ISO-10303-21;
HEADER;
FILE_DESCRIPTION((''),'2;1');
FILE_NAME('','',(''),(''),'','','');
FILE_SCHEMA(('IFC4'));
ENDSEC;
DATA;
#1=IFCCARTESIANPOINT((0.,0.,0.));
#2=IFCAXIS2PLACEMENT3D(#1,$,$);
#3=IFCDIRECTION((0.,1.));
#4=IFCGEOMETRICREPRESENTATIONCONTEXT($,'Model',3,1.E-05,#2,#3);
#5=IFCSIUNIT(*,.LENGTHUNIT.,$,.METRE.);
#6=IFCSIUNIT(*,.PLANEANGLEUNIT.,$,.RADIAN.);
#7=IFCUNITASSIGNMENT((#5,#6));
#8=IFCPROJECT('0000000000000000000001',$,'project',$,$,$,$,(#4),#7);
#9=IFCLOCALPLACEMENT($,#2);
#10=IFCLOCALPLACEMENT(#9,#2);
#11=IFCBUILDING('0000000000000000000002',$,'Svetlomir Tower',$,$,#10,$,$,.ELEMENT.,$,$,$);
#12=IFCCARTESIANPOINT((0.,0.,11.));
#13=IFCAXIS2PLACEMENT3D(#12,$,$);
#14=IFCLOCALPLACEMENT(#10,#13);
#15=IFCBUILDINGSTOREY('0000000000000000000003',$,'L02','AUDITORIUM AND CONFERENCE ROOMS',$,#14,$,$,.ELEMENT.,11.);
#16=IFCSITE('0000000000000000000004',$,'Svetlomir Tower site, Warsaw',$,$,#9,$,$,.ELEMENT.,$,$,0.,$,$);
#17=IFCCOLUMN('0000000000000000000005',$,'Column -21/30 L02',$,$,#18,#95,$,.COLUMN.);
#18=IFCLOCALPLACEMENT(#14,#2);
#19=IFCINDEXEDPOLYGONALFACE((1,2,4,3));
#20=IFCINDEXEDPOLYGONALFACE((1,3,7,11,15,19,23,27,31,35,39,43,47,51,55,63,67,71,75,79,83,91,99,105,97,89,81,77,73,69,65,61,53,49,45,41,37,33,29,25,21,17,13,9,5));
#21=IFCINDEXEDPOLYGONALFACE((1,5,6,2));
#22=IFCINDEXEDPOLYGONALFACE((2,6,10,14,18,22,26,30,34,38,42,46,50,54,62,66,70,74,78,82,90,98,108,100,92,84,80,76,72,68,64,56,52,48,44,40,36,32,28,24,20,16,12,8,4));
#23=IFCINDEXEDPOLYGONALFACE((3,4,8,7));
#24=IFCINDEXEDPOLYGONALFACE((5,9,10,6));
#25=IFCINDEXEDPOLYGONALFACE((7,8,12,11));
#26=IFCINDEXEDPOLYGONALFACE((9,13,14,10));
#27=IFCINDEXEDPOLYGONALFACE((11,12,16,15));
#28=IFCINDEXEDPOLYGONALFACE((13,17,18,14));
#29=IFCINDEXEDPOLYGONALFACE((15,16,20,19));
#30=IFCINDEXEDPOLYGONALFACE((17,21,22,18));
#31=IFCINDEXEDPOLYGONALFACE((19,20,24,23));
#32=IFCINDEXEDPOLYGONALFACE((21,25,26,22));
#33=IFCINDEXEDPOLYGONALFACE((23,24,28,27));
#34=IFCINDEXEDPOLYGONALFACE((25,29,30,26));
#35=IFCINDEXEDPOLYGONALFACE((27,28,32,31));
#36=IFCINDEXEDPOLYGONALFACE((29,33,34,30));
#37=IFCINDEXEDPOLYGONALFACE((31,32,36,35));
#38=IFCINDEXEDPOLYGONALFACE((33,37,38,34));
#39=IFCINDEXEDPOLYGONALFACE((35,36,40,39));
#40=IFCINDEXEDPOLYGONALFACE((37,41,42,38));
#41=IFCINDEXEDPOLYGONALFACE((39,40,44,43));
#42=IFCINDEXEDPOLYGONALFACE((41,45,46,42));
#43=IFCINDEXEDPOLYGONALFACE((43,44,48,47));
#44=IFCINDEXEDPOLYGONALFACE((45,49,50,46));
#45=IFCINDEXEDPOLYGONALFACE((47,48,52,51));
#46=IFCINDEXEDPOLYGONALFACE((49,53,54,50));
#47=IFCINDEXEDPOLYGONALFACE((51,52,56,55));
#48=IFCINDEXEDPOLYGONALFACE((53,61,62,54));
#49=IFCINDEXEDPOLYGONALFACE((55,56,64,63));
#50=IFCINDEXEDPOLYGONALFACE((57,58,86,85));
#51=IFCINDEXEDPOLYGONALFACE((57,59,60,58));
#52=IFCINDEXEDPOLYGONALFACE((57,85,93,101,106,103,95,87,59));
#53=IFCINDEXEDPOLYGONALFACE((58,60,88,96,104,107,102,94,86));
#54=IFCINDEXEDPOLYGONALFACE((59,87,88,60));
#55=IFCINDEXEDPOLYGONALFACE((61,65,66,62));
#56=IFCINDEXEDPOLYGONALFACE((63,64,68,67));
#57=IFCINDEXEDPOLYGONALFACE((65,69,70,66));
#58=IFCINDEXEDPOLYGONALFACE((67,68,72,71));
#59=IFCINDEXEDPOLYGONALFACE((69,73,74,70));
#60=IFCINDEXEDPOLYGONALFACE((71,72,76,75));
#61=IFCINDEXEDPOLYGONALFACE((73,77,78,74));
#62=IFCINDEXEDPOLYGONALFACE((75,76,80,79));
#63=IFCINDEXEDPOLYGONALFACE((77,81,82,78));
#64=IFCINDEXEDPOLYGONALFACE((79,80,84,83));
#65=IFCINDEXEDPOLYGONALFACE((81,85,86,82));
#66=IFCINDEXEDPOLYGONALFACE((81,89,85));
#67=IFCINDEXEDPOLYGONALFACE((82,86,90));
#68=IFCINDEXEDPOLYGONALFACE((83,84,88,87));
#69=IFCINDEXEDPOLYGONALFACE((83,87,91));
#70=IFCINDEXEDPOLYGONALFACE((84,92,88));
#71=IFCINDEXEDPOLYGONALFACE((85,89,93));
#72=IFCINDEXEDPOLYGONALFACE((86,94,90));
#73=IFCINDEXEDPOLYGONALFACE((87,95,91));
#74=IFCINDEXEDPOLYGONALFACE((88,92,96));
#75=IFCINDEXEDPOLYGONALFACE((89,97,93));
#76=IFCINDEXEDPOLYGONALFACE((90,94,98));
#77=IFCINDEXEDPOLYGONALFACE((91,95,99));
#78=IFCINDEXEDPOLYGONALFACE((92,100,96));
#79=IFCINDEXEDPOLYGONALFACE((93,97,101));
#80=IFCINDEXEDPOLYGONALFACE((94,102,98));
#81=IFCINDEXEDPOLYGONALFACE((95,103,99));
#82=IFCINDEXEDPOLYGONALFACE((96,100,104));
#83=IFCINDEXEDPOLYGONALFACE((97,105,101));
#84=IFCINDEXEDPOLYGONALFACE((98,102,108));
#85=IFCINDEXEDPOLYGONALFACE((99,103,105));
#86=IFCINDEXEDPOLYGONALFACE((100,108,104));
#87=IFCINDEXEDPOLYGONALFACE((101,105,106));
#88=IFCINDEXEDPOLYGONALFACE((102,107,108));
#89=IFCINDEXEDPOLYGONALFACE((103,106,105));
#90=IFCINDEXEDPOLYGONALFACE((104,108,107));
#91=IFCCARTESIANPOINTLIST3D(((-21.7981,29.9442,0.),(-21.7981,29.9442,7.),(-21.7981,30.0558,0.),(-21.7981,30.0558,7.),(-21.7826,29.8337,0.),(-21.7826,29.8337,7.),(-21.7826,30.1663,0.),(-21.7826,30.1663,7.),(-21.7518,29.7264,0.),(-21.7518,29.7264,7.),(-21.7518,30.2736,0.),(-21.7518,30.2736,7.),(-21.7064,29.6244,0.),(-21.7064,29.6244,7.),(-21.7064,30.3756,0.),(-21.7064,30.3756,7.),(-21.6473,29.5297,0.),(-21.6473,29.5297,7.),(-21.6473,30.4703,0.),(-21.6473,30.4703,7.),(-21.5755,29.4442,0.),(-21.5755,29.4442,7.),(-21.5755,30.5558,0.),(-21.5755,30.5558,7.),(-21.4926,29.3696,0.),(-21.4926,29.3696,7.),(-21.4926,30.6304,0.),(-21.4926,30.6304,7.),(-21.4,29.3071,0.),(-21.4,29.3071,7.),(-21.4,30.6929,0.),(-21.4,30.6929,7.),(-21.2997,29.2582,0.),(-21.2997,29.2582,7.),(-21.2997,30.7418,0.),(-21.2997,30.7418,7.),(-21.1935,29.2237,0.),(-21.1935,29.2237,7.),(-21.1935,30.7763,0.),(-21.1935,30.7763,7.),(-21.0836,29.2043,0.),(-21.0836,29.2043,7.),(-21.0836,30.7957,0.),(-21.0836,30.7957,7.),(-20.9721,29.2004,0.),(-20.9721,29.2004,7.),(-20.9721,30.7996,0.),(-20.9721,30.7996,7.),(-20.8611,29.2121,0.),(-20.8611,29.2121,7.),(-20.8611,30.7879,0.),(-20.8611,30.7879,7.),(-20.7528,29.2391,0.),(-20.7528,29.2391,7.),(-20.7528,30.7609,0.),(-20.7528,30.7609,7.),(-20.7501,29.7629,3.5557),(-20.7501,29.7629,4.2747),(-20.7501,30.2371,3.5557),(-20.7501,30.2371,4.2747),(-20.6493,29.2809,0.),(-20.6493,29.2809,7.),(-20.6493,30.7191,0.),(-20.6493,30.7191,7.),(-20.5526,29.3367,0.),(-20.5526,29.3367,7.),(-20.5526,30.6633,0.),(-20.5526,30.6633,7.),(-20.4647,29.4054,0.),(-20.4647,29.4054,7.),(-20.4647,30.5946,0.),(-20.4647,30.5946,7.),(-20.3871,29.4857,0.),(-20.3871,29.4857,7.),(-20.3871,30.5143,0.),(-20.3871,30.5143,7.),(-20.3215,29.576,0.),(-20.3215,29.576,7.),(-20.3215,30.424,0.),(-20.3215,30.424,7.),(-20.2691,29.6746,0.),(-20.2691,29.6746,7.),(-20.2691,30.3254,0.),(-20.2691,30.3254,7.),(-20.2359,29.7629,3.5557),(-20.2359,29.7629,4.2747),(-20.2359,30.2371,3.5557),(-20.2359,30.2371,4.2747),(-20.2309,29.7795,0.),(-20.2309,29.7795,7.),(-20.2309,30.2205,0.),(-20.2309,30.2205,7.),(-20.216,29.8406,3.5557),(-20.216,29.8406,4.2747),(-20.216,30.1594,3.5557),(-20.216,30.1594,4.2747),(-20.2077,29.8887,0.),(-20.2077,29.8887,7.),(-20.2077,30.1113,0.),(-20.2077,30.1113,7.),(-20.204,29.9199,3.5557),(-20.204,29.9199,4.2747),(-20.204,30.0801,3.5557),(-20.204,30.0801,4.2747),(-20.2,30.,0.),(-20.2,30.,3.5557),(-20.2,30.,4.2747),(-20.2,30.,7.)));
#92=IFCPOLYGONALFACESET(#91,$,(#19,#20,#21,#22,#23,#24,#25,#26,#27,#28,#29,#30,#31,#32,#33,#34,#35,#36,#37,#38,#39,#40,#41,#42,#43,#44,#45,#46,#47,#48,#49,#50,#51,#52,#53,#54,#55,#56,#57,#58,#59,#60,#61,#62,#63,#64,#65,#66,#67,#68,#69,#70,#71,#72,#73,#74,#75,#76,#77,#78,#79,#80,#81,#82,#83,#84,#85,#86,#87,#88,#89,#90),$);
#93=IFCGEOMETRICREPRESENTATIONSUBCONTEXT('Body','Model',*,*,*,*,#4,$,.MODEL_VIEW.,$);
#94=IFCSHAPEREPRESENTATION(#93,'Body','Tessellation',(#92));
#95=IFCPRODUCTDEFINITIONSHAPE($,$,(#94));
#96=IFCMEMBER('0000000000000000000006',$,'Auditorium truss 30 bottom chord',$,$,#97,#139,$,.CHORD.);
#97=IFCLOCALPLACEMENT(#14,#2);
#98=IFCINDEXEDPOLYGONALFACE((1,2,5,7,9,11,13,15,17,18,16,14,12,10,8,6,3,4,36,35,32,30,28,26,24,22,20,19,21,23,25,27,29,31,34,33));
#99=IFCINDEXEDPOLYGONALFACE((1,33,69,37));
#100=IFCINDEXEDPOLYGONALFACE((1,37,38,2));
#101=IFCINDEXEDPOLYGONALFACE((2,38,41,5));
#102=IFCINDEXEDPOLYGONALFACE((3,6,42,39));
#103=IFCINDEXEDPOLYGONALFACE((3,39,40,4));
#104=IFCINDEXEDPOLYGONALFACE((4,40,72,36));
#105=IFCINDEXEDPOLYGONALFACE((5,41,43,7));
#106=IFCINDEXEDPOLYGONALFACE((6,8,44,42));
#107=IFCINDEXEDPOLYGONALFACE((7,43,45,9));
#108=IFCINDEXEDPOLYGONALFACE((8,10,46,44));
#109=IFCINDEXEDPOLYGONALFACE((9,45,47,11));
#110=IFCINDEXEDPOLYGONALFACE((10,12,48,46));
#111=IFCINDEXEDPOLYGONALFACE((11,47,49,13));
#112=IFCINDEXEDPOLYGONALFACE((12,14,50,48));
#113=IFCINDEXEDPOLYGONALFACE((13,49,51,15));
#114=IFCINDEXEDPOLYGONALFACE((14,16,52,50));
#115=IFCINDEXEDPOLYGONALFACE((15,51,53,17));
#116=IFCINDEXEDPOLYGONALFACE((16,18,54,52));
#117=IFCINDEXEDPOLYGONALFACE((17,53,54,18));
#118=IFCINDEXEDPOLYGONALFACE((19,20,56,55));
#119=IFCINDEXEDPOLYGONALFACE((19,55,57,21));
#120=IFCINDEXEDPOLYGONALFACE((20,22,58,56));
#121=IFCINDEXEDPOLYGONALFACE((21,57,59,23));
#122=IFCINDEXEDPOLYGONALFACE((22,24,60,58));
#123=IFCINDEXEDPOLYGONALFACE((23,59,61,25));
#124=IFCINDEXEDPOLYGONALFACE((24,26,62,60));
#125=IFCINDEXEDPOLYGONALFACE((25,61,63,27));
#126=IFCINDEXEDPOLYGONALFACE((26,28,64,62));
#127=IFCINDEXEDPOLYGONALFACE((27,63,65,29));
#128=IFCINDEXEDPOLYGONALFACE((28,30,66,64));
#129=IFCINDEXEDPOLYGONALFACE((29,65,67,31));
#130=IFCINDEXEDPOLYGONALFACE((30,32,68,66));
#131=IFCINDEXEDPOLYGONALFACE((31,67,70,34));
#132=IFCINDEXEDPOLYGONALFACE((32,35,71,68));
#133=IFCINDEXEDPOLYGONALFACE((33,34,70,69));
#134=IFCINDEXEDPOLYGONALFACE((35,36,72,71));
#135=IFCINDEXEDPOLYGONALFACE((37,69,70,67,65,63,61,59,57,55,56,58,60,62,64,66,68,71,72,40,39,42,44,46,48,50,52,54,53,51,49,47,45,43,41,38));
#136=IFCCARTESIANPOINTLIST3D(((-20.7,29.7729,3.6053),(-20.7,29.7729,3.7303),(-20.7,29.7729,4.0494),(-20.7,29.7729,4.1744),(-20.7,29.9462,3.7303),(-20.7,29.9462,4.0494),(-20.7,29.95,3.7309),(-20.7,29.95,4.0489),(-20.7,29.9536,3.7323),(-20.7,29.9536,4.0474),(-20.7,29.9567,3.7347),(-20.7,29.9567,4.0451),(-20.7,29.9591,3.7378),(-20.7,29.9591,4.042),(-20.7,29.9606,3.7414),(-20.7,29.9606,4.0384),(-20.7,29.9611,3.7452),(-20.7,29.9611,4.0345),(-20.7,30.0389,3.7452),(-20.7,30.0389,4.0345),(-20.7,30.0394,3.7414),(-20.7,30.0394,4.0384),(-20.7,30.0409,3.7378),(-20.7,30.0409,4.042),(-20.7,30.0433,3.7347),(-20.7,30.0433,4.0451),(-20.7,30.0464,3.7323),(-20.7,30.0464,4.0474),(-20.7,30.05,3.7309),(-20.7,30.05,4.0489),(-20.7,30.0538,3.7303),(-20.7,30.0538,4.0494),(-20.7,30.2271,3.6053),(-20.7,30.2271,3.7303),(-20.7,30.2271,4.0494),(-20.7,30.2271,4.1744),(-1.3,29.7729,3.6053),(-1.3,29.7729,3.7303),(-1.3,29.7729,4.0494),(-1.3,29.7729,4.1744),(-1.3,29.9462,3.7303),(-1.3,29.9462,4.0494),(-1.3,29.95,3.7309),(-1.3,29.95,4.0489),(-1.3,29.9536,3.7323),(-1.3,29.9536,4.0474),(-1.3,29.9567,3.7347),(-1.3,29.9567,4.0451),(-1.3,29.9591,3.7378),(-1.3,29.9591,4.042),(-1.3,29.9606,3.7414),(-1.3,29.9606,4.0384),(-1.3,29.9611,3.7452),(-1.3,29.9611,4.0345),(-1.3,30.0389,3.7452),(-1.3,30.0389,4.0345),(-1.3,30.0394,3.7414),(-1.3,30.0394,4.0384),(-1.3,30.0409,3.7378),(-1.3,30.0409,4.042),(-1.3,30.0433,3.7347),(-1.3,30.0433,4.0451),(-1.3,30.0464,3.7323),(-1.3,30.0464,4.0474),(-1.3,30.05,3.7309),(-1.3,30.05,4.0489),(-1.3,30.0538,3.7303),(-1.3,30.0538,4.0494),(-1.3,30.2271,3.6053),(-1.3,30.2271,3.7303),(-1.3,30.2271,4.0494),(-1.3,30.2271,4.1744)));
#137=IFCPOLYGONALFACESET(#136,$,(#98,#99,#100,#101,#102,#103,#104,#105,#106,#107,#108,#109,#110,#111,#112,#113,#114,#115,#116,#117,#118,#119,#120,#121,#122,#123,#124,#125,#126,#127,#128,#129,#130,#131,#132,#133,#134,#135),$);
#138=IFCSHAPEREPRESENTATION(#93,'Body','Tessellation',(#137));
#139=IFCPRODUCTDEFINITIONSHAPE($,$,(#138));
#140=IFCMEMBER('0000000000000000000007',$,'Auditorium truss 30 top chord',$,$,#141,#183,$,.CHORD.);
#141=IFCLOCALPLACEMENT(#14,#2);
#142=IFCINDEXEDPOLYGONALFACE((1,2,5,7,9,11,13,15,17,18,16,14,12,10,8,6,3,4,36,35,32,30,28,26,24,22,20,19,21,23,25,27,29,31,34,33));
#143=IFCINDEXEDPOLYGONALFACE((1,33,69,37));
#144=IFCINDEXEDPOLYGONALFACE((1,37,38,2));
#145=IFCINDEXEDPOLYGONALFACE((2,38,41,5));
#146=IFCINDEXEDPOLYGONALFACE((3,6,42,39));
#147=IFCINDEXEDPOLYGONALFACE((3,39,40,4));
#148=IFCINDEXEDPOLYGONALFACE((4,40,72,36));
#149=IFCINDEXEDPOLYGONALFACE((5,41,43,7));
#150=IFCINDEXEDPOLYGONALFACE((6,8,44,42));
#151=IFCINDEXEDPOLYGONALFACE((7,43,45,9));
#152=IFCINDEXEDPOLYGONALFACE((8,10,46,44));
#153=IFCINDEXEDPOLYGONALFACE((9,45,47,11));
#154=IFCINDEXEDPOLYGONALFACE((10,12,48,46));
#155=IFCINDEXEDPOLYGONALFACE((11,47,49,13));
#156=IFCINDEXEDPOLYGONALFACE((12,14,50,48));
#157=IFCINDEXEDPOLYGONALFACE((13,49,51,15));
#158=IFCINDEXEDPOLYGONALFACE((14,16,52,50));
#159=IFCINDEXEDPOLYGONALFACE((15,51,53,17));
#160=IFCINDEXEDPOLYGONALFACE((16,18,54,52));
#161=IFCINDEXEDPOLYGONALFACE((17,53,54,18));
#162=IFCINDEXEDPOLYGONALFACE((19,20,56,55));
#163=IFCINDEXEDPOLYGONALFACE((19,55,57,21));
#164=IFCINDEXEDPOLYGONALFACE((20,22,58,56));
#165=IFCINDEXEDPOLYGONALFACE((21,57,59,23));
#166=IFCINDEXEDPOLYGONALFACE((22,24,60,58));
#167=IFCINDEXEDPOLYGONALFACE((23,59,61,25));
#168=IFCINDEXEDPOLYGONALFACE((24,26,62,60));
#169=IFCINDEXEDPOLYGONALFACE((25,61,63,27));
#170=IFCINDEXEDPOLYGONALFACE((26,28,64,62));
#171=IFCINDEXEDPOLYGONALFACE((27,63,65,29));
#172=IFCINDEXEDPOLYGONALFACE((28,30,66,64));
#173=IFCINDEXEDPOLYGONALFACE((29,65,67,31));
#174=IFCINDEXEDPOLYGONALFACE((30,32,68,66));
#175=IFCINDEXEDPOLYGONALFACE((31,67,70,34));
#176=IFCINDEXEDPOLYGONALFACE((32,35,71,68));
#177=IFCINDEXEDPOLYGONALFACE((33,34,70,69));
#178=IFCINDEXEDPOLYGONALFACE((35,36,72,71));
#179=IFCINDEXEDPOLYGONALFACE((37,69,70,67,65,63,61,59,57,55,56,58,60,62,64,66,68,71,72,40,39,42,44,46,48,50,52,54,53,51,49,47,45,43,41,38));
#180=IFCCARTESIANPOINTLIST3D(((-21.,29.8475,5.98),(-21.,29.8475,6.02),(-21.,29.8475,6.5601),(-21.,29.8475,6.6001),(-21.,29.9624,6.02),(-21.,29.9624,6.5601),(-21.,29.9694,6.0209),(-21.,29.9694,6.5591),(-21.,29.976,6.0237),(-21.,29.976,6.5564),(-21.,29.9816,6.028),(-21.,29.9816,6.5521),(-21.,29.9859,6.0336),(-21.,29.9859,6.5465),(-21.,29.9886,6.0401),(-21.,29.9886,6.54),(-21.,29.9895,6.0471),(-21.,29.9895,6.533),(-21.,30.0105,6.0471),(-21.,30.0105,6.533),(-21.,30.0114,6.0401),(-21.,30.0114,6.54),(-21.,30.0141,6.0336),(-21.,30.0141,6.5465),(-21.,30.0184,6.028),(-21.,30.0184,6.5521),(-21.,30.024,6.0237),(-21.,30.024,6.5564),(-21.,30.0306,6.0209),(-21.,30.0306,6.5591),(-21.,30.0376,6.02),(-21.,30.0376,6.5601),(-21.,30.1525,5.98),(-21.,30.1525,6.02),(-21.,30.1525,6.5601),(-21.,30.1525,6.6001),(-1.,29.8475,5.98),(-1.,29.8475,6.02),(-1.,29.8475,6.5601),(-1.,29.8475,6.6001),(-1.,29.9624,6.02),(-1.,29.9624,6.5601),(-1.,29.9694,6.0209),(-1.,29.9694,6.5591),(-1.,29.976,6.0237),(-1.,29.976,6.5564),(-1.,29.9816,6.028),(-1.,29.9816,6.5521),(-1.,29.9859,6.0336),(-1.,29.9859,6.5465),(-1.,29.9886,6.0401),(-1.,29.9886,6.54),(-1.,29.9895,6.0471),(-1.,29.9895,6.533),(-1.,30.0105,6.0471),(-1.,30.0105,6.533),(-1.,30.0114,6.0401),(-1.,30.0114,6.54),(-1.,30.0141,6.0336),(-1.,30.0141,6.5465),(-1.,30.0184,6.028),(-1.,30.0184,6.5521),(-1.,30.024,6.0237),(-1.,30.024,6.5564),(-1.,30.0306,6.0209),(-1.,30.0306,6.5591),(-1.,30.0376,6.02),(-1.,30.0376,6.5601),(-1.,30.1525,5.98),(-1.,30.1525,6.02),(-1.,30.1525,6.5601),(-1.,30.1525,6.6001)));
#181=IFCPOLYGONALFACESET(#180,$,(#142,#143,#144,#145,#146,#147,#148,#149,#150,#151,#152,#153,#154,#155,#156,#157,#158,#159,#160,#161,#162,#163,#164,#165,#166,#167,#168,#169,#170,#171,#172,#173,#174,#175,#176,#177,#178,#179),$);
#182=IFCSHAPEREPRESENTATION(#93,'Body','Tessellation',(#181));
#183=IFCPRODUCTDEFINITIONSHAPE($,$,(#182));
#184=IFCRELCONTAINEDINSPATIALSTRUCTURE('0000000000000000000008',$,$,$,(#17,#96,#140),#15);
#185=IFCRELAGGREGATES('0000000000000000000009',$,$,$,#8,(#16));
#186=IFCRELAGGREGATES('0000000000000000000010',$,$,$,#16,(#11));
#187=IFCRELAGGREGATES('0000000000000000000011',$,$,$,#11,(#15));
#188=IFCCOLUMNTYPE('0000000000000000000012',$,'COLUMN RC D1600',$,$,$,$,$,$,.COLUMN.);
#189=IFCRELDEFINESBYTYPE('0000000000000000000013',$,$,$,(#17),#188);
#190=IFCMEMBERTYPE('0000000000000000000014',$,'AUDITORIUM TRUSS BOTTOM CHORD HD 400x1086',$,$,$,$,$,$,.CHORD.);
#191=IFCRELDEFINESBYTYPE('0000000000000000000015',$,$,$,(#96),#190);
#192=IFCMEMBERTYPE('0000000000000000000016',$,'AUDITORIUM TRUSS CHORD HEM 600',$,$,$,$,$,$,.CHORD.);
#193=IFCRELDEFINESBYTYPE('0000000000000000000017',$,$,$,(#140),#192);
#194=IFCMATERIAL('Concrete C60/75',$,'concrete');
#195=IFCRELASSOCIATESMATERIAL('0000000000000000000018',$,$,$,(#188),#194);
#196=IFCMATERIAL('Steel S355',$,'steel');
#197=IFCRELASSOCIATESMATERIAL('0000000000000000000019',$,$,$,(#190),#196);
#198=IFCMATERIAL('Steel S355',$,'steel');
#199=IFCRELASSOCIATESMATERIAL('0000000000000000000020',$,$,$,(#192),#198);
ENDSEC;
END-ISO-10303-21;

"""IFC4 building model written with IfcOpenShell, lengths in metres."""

from ifc_helpers import new_model, si_unit, direction, frame, origin, origin_2d, place, context, subcontext, project, spatial, rectangle, circle, i_section, extrude, material, material_profile, profile_set, type_object, element, save


model = new_model("IFC4")

# Units and contexts
model_context = context("Model", 3, precision=1e-05, world=origin(), true_north=direction((0.0, 1.0)))
body_context = subcontext(model_context, "Body", "Model", "MODEL_VIEW")
ifc_project = project(units=[si_unit("LENGTHUNIT", "METRE"), si_unit("PLANEANGLEUNIT", "RADIAN")], contexts=[model_context])

# Site, building, storey
site_placement = place(None, origin())
site = spatial("IfcSite", under=ifc_project, at=site_placement, Name="Svetlomir Tower site, Warsaw", CompositionType="ELEMENT", RefElevation=0.0)
building_placement = place(site_placement, origin())
building = spatial("IfcBuilding", under=site, at=building_placement, Name="Svetlomir Tower", CompositionType="ELEMENT")
storey_placement = place(building_placement, frame((0.0, 0.0, 11.0)))
storey = spatial("IfcBuildingStorey", under=building, at=storey_placement, Name="L02", Description="AUDITORIUM AND CONFERENCE ROOMS", CompositionType="ELEMENT", Elevation=11.0)

# Column, opening
ifc_material_1 = material(Name="Concrete C60/75", Category="concrete")
ifc_material_profile_1 = material_profile(ifc_material_1, circle(Radius=0.8, at=origin_2d()), Name="RC D1600")
ifc_profile_set_1 = profile_set([ifc_material_profile_1], Name="Concrete C60/75")
column_type = type_object("IfcColumnType", Name="COLUMN RC D1600", PredefinedType="COLUMN", material=ifc_profile_set_1)
column_placement = place(storey_placement, frame((-21.0, 30.0, 0.0), z_axis=(0.0, 0.0, 1.0), x_axis=(1.0, 0.0, 0.0)))
column = element("IfcColumn", 1, at=column_placement, inside=storey, type_object=column_type, Name="Column -21/30 L02", PredefinedType="COLUMN", context=body_context, shape_type="SweptSolid", body=[
    extrude(circle(Radius=0.8, at=origin_2d()), origin(), (0.0, 0.0, 1.0), 7.0),
])
opening_placement = place(storey_placement, frame((-20.4651, 30.0, 3.5557), z_axis=(0.0, 0.0, 1.0), x_axis=(1.0, 0.0, 0.0)))
element("IfcOpeningElement", 2, at=opening_placement, cuts=column, PredefinedType="RECESS", context=body_context, shape_type="SweptSolid", body=[
    extrude(rectangle(XDim=0.5701, YDim=0.4741, at=origin_2d()), origin(), (0.0, 0.0, 1.0), 0.719),
])

# Members
ifc_material_2 = material(Name="Steel S355", Category="steel")
ifc_material_profile_2 = material_profile(ifc_material_2, i_section(OverallWidth=0.4541, OverallDepth=0.5691, WebThickness=0.0779, FlangeThickness=0.125, FilletRadius=0.0149, at=origin_2d()), Name="HD 400x1086")
ifc_profile_set_2 = profile_set([ifc_material_profile_2], Name="Steel S355")
member_type_1 = type_object("IfcMemberType", Name="AUDITORIUM TRUSS BOTTOM CHORD HD 400x1086", PredefinedType="CHORD", material=ifc_profile_set_2)
member_1_placement = place(storey_placement, frame((-20.7, 30.0, 3.8899), z_axis=(1.0, 0.0, 0.0), x_axis=(0.0, 1.0, 0.0)))
element("IfcMember", 3, at=member_1_placement, inside=storey, type_object=member_type_1, Name="Auditorium truss 30 bottom chord", PredefinedType="CHORD", context=body_context, shape_type="SweptSolid", body=[
    extrude(i_section(OverallWidth=0.4541, OverallDepth=0.5691, WebThickness=0.0779, FlangeThickness=0.125, FilletRadius=0.0149, at=origin_2d()), origin(), (0.0, 0.0, 1.0), 19.3999),
])
ifc_material_3 = material(Name="Steel S355", Category="steel")
ifc_material_profile_3 = material_profile(ifc_material_3, i_section(OverallWidth=0.3049, OverallDepth=0.6201, WebThickness=0.021, FlangeThickness=0.04, FilletRadius=0.0271, at=origin_2d()), Name="HEM 600")
ifc_profile_set_3 = profile_set([ifc_material_profile_3], Name="Steel S355")
member_type_2 = type_object("IfcMemberType", Name="AUDITORIUM TRUSS CHORD HEM 600", PredefinedType="CHORD", material=ifc_profile_set_3)
member_2_placement = place(storey_placement, frame((-21.0, 30.0, 6.29), z_axis=(1.0, 0.0, 0.0), x_axis=(0.0, 1.0, 0.0)))
element("IfcMember", 4, at=member_2_placement, inside=storey, type_object=member_type_2, Name="Auditorium truss 30 top chord", PredefinedType="CHORD", context=body_context, shape_type="SweptSolid", body=[
    extrude(i_section(OverallWidth=0.3049, OverallDepth=0.6201, WebThickness=0.021, FlangeThickness=0.04, FilletRadius=0.0271, at=origin_2d()), origin(), (0.0, 0.0, 1.0), 20.0),
])

save(model, "model.ifc")
